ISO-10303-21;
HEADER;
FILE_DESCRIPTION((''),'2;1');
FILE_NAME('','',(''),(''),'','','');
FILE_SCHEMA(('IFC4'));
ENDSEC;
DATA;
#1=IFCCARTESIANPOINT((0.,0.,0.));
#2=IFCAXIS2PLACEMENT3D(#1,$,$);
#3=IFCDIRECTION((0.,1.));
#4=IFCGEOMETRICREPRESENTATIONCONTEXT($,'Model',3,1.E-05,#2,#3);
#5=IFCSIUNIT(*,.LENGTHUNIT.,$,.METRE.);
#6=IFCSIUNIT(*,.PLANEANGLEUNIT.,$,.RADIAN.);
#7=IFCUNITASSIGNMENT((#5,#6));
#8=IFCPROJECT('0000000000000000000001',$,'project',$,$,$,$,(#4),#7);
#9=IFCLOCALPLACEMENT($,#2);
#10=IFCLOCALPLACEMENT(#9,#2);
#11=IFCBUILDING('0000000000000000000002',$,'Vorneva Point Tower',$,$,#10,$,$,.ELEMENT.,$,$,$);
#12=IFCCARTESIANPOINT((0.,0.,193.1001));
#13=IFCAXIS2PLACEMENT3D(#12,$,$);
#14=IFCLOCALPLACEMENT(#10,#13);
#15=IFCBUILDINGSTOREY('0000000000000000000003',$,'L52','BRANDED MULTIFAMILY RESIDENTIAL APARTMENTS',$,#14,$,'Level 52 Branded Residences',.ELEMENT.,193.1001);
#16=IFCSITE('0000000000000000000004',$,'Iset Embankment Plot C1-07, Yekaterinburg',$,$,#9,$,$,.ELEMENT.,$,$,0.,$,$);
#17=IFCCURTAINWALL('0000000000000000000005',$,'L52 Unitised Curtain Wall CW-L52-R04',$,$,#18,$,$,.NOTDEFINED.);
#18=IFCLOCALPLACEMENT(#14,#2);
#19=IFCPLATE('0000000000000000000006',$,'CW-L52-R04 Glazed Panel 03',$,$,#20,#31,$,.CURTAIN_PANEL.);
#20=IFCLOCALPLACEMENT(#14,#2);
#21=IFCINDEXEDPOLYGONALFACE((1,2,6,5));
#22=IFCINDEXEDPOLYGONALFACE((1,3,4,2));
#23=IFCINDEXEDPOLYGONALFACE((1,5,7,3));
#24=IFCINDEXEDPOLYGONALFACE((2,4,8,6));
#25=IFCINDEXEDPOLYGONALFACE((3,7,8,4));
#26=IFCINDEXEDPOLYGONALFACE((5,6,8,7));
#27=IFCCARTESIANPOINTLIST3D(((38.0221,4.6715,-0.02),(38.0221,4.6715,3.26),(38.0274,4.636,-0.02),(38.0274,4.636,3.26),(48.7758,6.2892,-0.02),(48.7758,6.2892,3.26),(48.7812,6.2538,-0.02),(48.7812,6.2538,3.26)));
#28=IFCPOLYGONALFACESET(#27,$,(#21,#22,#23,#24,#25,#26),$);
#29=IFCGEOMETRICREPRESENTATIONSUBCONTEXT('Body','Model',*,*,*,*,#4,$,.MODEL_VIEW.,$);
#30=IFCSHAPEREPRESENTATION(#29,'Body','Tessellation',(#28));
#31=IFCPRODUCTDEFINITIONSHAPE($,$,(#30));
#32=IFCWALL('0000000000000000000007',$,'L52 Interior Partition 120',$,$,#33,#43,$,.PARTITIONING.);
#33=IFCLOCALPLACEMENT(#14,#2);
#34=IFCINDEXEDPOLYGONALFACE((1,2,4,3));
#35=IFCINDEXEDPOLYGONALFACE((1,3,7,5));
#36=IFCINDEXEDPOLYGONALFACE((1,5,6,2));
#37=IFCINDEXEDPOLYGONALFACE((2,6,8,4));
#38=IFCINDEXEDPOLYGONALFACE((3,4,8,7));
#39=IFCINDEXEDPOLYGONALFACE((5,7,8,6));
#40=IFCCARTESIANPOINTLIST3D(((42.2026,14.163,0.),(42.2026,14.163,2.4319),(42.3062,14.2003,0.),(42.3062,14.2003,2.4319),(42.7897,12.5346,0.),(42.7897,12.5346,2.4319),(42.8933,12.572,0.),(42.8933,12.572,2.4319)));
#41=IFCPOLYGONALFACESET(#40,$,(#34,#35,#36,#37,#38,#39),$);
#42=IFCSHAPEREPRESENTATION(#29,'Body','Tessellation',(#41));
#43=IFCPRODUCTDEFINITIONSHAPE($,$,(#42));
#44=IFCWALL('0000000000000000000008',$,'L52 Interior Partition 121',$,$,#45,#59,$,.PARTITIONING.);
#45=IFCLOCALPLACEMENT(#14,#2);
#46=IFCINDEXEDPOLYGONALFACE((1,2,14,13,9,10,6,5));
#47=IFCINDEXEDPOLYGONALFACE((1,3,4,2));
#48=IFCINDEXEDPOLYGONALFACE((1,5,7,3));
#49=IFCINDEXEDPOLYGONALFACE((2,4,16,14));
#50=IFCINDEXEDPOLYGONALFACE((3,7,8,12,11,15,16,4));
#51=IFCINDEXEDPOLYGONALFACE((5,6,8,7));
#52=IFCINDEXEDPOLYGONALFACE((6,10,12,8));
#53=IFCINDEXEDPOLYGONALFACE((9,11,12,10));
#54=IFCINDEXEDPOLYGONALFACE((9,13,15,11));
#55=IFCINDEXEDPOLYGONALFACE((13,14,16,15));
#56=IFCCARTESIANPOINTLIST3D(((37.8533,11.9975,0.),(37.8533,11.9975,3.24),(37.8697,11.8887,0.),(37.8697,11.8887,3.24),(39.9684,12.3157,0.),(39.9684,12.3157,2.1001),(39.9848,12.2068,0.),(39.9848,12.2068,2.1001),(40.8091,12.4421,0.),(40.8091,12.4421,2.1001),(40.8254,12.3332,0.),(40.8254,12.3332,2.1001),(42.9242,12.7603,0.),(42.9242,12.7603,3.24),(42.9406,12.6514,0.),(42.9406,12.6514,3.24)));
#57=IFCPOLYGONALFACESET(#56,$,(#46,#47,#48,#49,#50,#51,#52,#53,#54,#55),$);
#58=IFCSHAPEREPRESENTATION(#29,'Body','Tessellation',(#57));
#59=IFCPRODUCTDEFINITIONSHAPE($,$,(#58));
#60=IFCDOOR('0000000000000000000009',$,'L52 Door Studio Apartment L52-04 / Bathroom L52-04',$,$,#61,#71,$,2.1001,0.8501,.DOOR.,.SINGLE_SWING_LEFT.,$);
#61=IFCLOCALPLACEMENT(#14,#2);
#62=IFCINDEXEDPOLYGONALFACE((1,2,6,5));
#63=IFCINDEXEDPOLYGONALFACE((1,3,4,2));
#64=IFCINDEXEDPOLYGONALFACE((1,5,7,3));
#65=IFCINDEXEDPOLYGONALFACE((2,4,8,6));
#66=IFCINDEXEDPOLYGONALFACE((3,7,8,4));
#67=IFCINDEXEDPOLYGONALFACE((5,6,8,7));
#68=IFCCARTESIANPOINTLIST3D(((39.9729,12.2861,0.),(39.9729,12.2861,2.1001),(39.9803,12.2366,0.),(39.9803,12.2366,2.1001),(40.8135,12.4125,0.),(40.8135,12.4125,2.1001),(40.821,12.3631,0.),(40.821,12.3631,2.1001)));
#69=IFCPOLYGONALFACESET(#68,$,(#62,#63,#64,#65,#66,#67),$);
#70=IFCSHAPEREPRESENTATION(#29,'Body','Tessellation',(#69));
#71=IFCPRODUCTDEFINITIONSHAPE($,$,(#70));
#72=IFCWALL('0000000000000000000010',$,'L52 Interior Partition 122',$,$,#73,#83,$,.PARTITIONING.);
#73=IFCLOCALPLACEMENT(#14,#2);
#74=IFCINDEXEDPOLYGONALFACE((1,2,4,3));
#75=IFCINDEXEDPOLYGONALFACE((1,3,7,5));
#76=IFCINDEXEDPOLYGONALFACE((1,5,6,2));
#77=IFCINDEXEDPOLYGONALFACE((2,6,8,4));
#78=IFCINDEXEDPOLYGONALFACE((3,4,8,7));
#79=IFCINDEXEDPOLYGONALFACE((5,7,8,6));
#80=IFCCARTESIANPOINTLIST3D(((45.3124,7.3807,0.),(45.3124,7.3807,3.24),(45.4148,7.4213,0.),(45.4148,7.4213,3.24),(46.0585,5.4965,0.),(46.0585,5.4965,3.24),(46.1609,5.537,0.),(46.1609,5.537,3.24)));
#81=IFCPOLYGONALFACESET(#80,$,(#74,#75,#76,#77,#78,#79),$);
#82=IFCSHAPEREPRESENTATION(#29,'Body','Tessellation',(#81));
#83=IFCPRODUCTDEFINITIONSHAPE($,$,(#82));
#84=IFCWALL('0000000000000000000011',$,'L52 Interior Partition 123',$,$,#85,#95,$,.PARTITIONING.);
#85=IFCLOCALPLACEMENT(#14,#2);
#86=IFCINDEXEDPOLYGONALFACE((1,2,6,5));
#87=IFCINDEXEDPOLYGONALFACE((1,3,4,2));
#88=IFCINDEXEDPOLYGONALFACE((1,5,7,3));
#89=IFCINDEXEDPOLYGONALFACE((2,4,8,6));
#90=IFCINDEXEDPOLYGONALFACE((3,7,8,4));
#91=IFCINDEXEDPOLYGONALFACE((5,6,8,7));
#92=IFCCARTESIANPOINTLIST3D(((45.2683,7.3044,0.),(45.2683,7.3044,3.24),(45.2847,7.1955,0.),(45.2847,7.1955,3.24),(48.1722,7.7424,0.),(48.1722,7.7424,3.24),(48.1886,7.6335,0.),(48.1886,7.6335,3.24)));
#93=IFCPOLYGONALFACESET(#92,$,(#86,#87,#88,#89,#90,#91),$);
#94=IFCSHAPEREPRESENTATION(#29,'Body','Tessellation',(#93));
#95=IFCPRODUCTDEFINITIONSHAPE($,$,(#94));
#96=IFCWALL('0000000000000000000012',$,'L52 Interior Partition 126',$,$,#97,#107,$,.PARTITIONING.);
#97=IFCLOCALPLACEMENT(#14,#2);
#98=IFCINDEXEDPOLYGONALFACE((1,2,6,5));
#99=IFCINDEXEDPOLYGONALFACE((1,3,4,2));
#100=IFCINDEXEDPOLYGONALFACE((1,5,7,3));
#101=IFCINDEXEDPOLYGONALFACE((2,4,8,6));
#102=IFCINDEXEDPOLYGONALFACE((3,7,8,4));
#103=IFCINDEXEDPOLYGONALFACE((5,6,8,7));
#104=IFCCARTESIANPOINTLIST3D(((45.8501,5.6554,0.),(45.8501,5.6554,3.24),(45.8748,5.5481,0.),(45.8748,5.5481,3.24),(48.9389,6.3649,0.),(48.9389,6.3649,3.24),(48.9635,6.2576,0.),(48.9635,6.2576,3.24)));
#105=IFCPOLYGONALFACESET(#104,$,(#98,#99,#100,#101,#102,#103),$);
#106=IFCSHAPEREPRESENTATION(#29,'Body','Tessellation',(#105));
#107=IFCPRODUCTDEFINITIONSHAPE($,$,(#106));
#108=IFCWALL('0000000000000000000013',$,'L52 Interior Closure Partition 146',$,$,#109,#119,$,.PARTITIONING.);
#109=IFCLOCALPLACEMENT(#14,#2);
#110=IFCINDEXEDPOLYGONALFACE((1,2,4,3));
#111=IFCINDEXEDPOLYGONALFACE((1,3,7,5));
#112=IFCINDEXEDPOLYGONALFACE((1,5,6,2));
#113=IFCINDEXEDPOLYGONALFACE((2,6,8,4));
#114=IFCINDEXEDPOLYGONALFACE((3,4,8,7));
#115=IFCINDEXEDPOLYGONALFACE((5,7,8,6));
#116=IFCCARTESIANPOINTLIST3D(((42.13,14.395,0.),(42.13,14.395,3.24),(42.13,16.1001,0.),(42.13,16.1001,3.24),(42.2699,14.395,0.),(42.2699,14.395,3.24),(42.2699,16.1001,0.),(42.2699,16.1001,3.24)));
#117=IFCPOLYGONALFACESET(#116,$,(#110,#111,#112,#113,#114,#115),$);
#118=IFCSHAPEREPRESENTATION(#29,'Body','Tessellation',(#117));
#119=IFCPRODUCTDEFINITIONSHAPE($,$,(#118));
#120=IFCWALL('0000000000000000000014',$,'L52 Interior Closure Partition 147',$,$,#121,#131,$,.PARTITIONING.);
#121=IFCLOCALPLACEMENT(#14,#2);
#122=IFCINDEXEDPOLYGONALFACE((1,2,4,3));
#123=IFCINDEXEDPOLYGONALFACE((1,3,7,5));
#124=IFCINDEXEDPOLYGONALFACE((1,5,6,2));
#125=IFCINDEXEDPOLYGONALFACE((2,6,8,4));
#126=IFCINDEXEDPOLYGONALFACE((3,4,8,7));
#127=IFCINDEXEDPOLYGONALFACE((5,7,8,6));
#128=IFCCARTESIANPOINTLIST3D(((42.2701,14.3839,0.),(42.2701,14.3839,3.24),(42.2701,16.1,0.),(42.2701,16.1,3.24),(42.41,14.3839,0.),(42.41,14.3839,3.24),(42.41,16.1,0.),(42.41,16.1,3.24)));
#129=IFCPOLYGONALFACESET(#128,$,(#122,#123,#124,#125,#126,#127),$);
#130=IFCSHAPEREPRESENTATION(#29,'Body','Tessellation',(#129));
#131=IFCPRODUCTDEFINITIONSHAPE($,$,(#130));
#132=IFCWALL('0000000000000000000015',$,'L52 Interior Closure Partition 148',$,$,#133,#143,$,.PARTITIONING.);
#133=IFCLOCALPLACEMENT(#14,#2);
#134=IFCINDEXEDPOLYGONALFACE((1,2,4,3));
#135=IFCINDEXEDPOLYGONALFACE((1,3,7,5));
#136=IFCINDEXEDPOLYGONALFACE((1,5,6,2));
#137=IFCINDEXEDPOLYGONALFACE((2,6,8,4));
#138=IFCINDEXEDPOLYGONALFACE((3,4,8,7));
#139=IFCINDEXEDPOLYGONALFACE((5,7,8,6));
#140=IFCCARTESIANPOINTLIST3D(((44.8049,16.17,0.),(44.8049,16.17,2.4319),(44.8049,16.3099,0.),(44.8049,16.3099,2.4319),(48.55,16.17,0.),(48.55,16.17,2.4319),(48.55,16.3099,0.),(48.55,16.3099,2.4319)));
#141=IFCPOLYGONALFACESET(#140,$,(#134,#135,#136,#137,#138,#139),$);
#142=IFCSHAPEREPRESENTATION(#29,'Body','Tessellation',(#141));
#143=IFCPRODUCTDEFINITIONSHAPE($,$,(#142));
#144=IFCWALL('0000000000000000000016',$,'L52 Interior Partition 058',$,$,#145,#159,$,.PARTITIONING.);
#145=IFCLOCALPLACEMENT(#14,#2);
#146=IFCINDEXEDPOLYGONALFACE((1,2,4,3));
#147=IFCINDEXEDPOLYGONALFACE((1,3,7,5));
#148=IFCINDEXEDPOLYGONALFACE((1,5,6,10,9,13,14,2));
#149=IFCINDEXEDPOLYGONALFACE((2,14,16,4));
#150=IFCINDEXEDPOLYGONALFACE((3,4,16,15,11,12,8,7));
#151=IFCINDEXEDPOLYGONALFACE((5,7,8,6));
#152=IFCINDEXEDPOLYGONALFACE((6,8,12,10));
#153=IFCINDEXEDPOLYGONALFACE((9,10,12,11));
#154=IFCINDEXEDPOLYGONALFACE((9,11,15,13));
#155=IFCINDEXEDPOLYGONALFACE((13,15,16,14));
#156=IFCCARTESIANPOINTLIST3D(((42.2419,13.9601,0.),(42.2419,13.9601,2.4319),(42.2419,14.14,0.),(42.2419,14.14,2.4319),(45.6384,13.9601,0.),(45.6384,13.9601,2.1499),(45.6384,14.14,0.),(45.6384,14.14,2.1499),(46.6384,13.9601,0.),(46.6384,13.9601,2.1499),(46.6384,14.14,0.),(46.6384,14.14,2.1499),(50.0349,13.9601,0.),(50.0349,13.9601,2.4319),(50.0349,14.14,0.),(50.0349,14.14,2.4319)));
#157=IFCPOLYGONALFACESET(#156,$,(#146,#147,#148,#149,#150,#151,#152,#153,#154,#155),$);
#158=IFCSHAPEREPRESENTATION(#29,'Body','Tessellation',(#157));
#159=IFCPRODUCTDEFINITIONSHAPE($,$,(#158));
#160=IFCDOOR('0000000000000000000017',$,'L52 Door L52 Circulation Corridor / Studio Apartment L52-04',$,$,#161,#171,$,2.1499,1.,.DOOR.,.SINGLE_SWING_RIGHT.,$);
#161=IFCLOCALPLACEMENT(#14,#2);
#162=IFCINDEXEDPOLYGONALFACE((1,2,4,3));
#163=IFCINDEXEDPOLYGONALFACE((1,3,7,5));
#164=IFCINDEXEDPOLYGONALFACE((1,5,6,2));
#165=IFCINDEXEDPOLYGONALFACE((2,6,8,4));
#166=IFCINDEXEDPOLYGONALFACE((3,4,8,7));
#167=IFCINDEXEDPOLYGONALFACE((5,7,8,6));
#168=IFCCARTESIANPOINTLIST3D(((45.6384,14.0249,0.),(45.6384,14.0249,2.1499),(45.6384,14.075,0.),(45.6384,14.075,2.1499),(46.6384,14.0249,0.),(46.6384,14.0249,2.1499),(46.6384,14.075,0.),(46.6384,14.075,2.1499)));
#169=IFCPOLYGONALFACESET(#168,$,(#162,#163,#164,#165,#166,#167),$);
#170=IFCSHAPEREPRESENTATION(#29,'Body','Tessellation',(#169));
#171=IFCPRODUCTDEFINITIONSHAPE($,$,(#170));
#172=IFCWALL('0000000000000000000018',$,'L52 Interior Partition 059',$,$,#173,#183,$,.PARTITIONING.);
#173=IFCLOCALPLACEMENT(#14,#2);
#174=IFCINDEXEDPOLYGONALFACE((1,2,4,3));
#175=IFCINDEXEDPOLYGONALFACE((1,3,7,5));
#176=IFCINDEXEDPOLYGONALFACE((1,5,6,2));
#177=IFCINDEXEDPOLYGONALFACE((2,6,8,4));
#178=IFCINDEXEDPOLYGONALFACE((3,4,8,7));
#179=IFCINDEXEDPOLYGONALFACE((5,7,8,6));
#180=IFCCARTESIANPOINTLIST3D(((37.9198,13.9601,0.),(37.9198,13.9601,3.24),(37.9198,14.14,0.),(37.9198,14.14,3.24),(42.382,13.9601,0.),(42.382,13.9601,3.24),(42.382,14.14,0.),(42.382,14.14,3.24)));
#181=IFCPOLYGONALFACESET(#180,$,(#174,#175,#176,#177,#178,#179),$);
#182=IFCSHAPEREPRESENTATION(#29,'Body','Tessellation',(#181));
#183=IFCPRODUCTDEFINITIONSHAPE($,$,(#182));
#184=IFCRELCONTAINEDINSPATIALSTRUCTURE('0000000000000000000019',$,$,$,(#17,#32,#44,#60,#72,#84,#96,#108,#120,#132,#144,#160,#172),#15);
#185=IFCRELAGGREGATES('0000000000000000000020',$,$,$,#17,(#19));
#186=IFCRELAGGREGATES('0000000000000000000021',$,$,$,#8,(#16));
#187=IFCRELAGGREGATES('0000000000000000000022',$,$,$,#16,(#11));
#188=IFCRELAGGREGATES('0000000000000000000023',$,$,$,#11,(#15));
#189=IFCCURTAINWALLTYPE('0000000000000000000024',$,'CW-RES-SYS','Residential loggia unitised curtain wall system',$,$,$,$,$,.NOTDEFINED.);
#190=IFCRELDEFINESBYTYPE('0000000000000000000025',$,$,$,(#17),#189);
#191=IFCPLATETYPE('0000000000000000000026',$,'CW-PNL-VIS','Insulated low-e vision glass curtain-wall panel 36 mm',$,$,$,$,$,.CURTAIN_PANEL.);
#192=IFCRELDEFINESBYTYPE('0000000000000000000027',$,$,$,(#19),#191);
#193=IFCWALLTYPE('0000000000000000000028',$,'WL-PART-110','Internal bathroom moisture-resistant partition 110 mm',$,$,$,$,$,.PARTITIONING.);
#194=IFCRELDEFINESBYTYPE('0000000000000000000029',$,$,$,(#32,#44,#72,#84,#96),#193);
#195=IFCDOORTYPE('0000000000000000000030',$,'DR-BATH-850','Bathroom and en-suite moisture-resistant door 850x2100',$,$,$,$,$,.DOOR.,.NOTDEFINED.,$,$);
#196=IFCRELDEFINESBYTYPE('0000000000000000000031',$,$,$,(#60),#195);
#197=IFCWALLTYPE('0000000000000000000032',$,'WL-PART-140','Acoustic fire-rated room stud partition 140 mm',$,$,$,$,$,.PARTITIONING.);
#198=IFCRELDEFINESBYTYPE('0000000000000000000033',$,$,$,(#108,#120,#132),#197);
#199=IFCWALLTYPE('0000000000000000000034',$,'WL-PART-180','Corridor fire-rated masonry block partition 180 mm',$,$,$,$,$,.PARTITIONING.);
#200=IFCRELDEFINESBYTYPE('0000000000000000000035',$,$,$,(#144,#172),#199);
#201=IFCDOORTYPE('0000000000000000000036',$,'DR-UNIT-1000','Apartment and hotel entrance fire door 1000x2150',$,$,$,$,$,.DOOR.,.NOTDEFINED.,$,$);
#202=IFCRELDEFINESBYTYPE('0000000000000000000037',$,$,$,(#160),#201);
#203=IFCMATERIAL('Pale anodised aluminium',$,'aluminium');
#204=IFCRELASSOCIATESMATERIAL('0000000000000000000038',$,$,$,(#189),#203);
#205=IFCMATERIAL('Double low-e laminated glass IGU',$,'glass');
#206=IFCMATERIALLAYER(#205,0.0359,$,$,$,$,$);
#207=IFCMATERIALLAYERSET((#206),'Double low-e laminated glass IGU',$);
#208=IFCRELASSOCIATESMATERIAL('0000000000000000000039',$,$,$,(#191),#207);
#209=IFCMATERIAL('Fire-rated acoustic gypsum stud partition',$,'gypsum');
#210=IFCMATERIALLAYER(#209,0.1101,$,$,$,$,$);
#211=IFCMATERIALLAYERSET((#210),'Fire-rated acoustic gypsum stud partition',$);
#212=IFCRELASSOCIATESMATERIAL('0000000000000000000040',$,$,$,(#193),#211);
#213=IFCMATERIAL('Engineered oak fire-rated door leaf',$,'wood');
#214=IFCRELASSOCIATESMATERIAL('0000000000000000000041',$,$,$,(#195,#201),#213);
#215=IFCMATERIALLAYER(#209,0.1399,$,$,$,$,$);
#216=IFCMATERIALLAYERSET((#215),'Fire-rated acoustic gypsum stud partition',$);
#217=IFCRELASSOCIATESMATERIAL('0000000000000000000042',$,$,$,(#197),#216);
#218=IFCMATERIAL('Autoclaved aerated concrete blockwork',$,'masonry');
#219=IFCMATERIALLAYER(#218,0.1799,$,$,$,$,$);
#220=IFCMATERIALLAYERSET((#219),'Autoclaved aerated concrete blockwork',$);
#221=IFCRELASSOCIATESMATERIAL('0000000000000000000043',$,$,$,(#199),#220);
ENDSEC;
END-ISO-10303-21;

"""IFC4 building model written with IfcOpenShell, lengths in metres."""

from ifc_helpers import new_model, si_unit, direction, frame, frame_2d, origin, origin_2d, place, context, subcontext, project, spatial, rectangle, extrude, material, layer, layer_set, type_object, element, fill, aggregate, save


model = new_model("IFC4")

# Units and contexts
model_context = context("Model", 3, precision=1e-05, world=origin(), true_north=direction((0.0, 1.0)))
body_context = subcontext(model_context, "Body", "Model", "MODEL_VIEW")
ifc_project = project(units=[si_unit("LENGTHUNIT", "METRE"), si_unit("PLANEANGLEUNIT", "RADIAN")], contexts=[model_context])

# Site, building, storey
site_placement = place(None, origin())
site = spatial("IfcSite", under=ifc_project, at=site_placement, Name="Iset Embankment Plot C1-07, Yekaterinburg", CompositionType="ELEMENT", RefElevation=0.0)
building_placement = place(site_placement, origin())
building = spatial("IfcBuilding", under=site, at=building_placement, Name="Vorneva Point Tower", CompositionType="ELEMENT")
storey_placement = place(building_placement, frame((0.0, 0.0, 193.1001)))
storey = spatial("IfcBuildingStorey", under=building, at=storey_placement, Name="L52", Description="BRANDED MULTIFAMILY RESIDENTIAL APARTMENTS", LongName="Level 52 Branded Residences", CompositionType="ELEMENT", Elevation=193.1001)

# Curtain wall, plate
ifc_material_1 = material(Name="Pale anodised aluminium", Category="aluminium")
curtain_wall_type = type_object("IfcCurtainWallType", Name="CW-RES-SYS", Description="Residential loggia unitised curtain wall system", PredefinedType="NOTDEFINED", material=ifc_material_1)
curtain_wall_placement = place(storey_placement, origin())
curtain_wall = element("IfcCurtainWall", 1, at=curtain_wall_placement, inside=storey, type_object=curtain_wall_type, Name="L52 Unitised Curtain Wall CW-L52-R04", PredefinedType="NOTDEFINED")
ifc_material_2 = material(Name="Double low-e laminated glass IGU", Category="glass")
ifc_layer_1 = layer(ifc_material_2, 0.0359)
ifc_layer_set_1 = layer_set([ifc_layer_1], Name="Double low-e laminated glass IGU")
plate_type = type_object("IfcPlateType", Name="CW-PNL-VIS", Description="Insulated low-e vision glass curtain-wall panel 36 mm", PredefinedType="CURTAIN_PANEL", material=ifc_layer_set_1)
plate_placement = place(storey_placement, frame((43.4016, 5.4626, -0.02), z_axis=(0.0, 0.0, 1.0), x_axis=(0.988874, 0.148759, 0.0)))
plate = element("IfcPlate", 2, at=plate_placement, type_object=plate_type, Name="CW-L52-R04 Glazed Panel 03", PredefinedType="CURTAIN_PANEL", context=body_context, shape_type="SweptSolid", body=[
    extrude(rectangle(XDim=10.8748, YDim=0.0359, at=origin_2d()), origin(), (0.0, 0.0, 1.0), 3.28),
])
aggregate(curtain_wall, [plate])

# Wall
ifc_material_3 = material(Name="Fire-rated acoustic gypsum stud partition", Category="gypsum")
ifc_layer_2 = layer(ifc_material_3, 0.1101)
ifc_layer_set_2 = layer_set([ifc_layer_2], Name="Fire-rated acoustic gypsum stud partition")
wall_type_1 = type_object("IfcWallType", Name="WL-PART-110", Description="Internal bathroom moisture-resistant partition 110 mm", PredefinedType="PARTITIONING", material=ifc_layer_set_2)
wall_1_placement = place(storey_placement, frame((42.2544, 14.1816, 0.0), z_axis=(0.0, 0.0, 1.0), x_axis=(0.339194, -0.940716, 0.0)))
element("IfcWall", 3, at=wall_1_placement, inside=storey, type_object=wall_type_1, Name="L52 Interior Partition 120", PredefinedType="PARTITIONING", context=body_context, shape_type="SweptSolid", body=[
    extrude(rectangle(XDim=1.731, YDim=0.1101, at=frame_2d((0.8655, 0.0))), origin(), (0.0, 0.0, 1.0), 2.4319),
])

# Wall, opening, door
wall_2_placement = place(storey_placement, frame((42.9324, 12.7058, 0.0), z_axis=(0.0, 0.0, 1.0), x_axis=(-0.988877, -0.148736, 0.0)))
wall_2 = element("IfcWall", 4, at=wall_2_placement, inside=storey, type_object=wall_type_1, Name="L52 Interior Partition 121", PredefinedType="PARTITIONING", context=body_context, shape_type="SweptSolid", body=[
    extrude(rectangle(XDim=5.1279, YDim=0.1101, at=frame_2d((2.564, 0.0))), origin(), (0.0, 0.0, 1.0), 3.24),
])
opening_1_placement = place(wall_2_placement, frame((2.1389, 0.0, 0.0)))
opening_1 = element("IfcOpeningElement", 5, at=opening_1_placement, cuts=wall_2, PredefinedType="OPENING", context=body_context, shape_type="SweptSolid", body=[
    extrude(rectangle(XDim=0.8501, YDim=2.1001, at=frame_2d((0.425, 1.05))), frame((0.0, 0.0698, 0.0), z_axis=(0.0, -1.0, 0.0), x_axis=(1.0, 0.0, 0.0)), (0.0, 0.0, 1.0), 0.1399),
])
ifc_material_4 = material(Name="Engineered oak fire-rated door leaf", Category="wood")
door_type_1 = type_object("IfcDoorType", Name="DR-BATH-850", Description="Bathroom and en-suite moisture-resistant door 850x2100", OperationType="NOTDEFINED", PredefinedType="DOOR", material=ifc_material_4)
door_1_placement = place(opening_1_placement, origin())
door_1 = element("IfcDoor", 6, at=door_1_placement, inside=storey, type_object=door_type_1, Name="L52 Door Studio Apartment L52-04 / Bathroom L52-04", OperationType="SINGLE_SWING_LEFT", OverallHeight=2.1001, OverallWidth=0.8501, PredefinedType="DOOR", context=body_context, shape_type="SweptSolid", body=[
    extrude(rectangle(XDim=0.8501, YDim=2.1001, at=frame_2d((0.425, 1.05))), frame((0.0, 0.0249, 0.0), z_axis=(0.0, -1.0, 0.0), x_axis=(1.0, 0.0, 0.0)), (0.0, 0.0, 1.0), 0.05),
])
fill(opening_1, door_1)

# Walls
wall_3_placement = place(storey_placement, frame((46.1096, 5.5168, 0.0), z_axis=(0.0, 0.0, 1.0), x_axis=(-0.368148, 0.929767, 0.0)))
element("IfcWall", 7, at=wall_3_placement, inside=storey, type_object=wall_type_1, Name="L52 Interior Partition 122", PredefinedType="PARTITIONING", context=body_context, shape_type="SweptSolid", body=[
    extrude(rectangle(XDim=2.0266, YDim=0.1101, at=frame_2d((1.0132, 0.0))), origin(), (0.0, 0.0, 1.0), 3.24),
])
wall_4_placement = place(storey_placement, frame((45.2766, 7.25, 0.0), z_axis=(0.0, 0.0, 1.0), x_axis=(0.988815, 0.149145, 0.0)))
element("IfcWall", 8, at=wall_4_placement, inside=storey, type_object=wall_type_1, Name="L52 Interior Partition 123", PredefinedType="PARTITIONING", context=body_context, shape_type="SweptSolid", body=[
    extrude(rectangle(XDim=2.9368, YDim=0.1101, at=frame_2d((1.4683, 0.0))), origin(), (0.0, 0.0, 1.0), 3.24),
])
wall_5_placement = place(storey_placement, frame((45.8625, 5.6018, 0.0), z_axis=(0.0, 0.0, 1.0), x_axis=(0.974622, 0.223858, 0.0)))
element("IfcWall", 9, at=wall_5_placement, inside=storey, type_object=wall_type_1, Name="L52 Interior Partition 126", PredefinedType="PARTITIONING", context=body_context, shape_type="SweptSolid", body=[
    extrude(rectangle(XDim=3.1692, YDim=0.1101, at=frame_2d((1.5845, 0.0))), origin(), (0.0, 0.0, 1.0), 3.24),
])
ifc_layer_3 = layer(ifc_material_3, 0.1399)
ifc_layer_set_3 = layer_set([ifc_layer_3], Name="Fire-rated acoustic gypsum stud partition")
wall_type_2 = type_object("IfcWallType", Name="WL-PART-140", Description="Acoustic fire-rated room stud partition 140 mm", PredefinedType="PARTITIONING", material=ifc_layer_set_3)
wall_6_placement = place(storey_placement, frame((42.2, 16.1001, 0.0), z_axis=(0.0, 0.0, 1.0), x_axis=(0.0, -1.0, 0.0)))
element("IfcWall", 10, at=wall_6_placement, inside=storey, type_object=wall_type_2, Name="L52 Interior Closure Partition 146", PredefinedType="PARTITIONING", context=body_context, shape_type="SweptSolid", body=[
    extrude(rectangle(XDim=1.7051, YDim=0.1399, at=frame_2d((0.8525, 0.0))), origin(), (0.0, 0.0, 1.0), 3.24),
])
wall_7_placement = place(storey_placement, frame((42.3401, 14.384, 0.0), z_axis=(0.0, 0.0, 1.0), x_axis=(0.0, 1.0, 0.0)))
element("IfcWall", 11, at=wall_7_placement, inside=storey, type_object=wall_type_2, Name="L52 Interior Closure Partition 147", PredefinedType="PARTITIONING", context=body_context, shape_type="SweptSolid", body=[
    extrude(rectangle(XDim=1.7161, YDim=0.1399, at=frame_2d((0.8579, 0.0))), origin(), (0.0, 0.0, 1.0), 3.24),
])
wall_8_placement = place(storey_placement, frame((44.8049, 16.24, 0.0), z_axis=(0.0, 0.0, 1.0), x_axis=(1.0, 0.0, 0.0)))
element("IfcWall", 12, at=wall_8_placement, inside=storey, type_object=wall_type_2, Name="L52 Interior Closure Partition 148", PredefinedType="PARTITIONING", context=body_context, shape_type="SweptSolid", body=[
    extrude(rectangle(XDim=3.7451, YDim=0.1399, at=frame_2d((1.8726, 0.0))), origin(), (0.0, 0.0, 1.0), 2.4319),
])

# Wall, opening, door
ifc_material_5 = material(Name="Autoclaved aerated concrete blockwork", Category="masonry")
ifc_layer_4 = layer(ifc_material_5, 0.1799)
ifc_layer_set_4 = layer_set([ifc_layer_4], Name="Autoclaved aerated concrete blockwork")
wall_type_3 = type_object("IfcWallType", Name="WL-PART-180", Description="Corridor fire-rated masonry block partition 180 mm", PredefinedType="PARTITIONING", material=ifc_layer_set_4)
wall_9_placement = place(storey_placement, frame((42.2419, 14.05, 0.0), z_axis=(0.0, 0.0, 1.0), x_axis=(1.0, 0.0, 0.0)))
wall_9 = element("IfcWall", 13, at=wall_9_placement, inside=storey, type_object=wall_type_3, Name="L52 Interior Partition 058", PredefinedType="PARTITIONING", context=body_context, shape_type="SweptSolid", body=[
    extrude(rectangle(XDim=7.793, YDim=0.1799, at=frame_2d((3.8965, 0.0))), origin(), (0.0, 0.0, 1.0), 2.4319),
])
opening_2_placement = place(wall_9_placement, frame((3.3965, 0.0, 0.0)))
opening_2 = element("IfcOpeningElement", 14, at=opening_2_placement, cuts=wall_9, PredefinedType="OPENING", context=body_context, shape_type="SweptSolid", body=[
    extrude(rectangle(XDim=1.0, YDim=2.1499, at=frame_2d((0.5, 1.075))), frame((0.0, 0.105, 0.0), z_axis=(0.0, -1.0, 0.0), x_axis=(1.0, 0.0, 0.0)), (0.0, 0.0, 1.0), 0.2097),
])
door_type_2 = type_object("IfcDoorType", Name="DR-UNIT-1000", Description="Apartment and hotel entrance fire door 1000x2150", OperationType="NOTDEFINED", PredefinedType="DOOR", material=ifc_material_4)
door_2_placement = place(opening_2_placement, origin())
door_2 = element("IfcDoor", 15, at=door_2_placement, inside=storey, type_object=door_type_2, Name="L52 Door L52 Circulation Corridor / Studio Apartment L52-04", OperationType="SINGLE_SWING_RIGHT", OverallHeight=2.1499, OverallWidth=1.0, PredefinedType="DOOR", context=body_context, shape_type="SweptSolid", body=[
    extrude(rectangle(XDim=1.0, YDim=2.1499, at=frame_2d((0.5, 1.075))), frame((0.0, 0.0249, 0.0), z_axis=(0.0, -1.0, 0.0), x_axis=(1.0, 0.0, 0.0)), (0.0, 0.0, 1.0), 0.05),
])
fill(opening_2, door_2)

# Wall
wall_10_placement = place(storey_placement, frame((37.9199, 14.05, 0.0), z_axis=(0.0, 0.0, 1.0), x_axis=(1.0, 0.0, 0.0)))
element("IfcWall", 16, at=wall_10_placement, inside=storey, type_object=wall_type_3, Name="L52 Interior Partition 059", PredefinedType="PARTITIONING", context=body_context, shape_type="SweptSolid", body=[
    extrude(rectangle(XDim=4.4622, YDim=0.1799, at=frame_2d((2.231, 0.0))), origin(), (0.0, 0.0, 1.0), 3.24),
])

save(model, "model.ifc")
